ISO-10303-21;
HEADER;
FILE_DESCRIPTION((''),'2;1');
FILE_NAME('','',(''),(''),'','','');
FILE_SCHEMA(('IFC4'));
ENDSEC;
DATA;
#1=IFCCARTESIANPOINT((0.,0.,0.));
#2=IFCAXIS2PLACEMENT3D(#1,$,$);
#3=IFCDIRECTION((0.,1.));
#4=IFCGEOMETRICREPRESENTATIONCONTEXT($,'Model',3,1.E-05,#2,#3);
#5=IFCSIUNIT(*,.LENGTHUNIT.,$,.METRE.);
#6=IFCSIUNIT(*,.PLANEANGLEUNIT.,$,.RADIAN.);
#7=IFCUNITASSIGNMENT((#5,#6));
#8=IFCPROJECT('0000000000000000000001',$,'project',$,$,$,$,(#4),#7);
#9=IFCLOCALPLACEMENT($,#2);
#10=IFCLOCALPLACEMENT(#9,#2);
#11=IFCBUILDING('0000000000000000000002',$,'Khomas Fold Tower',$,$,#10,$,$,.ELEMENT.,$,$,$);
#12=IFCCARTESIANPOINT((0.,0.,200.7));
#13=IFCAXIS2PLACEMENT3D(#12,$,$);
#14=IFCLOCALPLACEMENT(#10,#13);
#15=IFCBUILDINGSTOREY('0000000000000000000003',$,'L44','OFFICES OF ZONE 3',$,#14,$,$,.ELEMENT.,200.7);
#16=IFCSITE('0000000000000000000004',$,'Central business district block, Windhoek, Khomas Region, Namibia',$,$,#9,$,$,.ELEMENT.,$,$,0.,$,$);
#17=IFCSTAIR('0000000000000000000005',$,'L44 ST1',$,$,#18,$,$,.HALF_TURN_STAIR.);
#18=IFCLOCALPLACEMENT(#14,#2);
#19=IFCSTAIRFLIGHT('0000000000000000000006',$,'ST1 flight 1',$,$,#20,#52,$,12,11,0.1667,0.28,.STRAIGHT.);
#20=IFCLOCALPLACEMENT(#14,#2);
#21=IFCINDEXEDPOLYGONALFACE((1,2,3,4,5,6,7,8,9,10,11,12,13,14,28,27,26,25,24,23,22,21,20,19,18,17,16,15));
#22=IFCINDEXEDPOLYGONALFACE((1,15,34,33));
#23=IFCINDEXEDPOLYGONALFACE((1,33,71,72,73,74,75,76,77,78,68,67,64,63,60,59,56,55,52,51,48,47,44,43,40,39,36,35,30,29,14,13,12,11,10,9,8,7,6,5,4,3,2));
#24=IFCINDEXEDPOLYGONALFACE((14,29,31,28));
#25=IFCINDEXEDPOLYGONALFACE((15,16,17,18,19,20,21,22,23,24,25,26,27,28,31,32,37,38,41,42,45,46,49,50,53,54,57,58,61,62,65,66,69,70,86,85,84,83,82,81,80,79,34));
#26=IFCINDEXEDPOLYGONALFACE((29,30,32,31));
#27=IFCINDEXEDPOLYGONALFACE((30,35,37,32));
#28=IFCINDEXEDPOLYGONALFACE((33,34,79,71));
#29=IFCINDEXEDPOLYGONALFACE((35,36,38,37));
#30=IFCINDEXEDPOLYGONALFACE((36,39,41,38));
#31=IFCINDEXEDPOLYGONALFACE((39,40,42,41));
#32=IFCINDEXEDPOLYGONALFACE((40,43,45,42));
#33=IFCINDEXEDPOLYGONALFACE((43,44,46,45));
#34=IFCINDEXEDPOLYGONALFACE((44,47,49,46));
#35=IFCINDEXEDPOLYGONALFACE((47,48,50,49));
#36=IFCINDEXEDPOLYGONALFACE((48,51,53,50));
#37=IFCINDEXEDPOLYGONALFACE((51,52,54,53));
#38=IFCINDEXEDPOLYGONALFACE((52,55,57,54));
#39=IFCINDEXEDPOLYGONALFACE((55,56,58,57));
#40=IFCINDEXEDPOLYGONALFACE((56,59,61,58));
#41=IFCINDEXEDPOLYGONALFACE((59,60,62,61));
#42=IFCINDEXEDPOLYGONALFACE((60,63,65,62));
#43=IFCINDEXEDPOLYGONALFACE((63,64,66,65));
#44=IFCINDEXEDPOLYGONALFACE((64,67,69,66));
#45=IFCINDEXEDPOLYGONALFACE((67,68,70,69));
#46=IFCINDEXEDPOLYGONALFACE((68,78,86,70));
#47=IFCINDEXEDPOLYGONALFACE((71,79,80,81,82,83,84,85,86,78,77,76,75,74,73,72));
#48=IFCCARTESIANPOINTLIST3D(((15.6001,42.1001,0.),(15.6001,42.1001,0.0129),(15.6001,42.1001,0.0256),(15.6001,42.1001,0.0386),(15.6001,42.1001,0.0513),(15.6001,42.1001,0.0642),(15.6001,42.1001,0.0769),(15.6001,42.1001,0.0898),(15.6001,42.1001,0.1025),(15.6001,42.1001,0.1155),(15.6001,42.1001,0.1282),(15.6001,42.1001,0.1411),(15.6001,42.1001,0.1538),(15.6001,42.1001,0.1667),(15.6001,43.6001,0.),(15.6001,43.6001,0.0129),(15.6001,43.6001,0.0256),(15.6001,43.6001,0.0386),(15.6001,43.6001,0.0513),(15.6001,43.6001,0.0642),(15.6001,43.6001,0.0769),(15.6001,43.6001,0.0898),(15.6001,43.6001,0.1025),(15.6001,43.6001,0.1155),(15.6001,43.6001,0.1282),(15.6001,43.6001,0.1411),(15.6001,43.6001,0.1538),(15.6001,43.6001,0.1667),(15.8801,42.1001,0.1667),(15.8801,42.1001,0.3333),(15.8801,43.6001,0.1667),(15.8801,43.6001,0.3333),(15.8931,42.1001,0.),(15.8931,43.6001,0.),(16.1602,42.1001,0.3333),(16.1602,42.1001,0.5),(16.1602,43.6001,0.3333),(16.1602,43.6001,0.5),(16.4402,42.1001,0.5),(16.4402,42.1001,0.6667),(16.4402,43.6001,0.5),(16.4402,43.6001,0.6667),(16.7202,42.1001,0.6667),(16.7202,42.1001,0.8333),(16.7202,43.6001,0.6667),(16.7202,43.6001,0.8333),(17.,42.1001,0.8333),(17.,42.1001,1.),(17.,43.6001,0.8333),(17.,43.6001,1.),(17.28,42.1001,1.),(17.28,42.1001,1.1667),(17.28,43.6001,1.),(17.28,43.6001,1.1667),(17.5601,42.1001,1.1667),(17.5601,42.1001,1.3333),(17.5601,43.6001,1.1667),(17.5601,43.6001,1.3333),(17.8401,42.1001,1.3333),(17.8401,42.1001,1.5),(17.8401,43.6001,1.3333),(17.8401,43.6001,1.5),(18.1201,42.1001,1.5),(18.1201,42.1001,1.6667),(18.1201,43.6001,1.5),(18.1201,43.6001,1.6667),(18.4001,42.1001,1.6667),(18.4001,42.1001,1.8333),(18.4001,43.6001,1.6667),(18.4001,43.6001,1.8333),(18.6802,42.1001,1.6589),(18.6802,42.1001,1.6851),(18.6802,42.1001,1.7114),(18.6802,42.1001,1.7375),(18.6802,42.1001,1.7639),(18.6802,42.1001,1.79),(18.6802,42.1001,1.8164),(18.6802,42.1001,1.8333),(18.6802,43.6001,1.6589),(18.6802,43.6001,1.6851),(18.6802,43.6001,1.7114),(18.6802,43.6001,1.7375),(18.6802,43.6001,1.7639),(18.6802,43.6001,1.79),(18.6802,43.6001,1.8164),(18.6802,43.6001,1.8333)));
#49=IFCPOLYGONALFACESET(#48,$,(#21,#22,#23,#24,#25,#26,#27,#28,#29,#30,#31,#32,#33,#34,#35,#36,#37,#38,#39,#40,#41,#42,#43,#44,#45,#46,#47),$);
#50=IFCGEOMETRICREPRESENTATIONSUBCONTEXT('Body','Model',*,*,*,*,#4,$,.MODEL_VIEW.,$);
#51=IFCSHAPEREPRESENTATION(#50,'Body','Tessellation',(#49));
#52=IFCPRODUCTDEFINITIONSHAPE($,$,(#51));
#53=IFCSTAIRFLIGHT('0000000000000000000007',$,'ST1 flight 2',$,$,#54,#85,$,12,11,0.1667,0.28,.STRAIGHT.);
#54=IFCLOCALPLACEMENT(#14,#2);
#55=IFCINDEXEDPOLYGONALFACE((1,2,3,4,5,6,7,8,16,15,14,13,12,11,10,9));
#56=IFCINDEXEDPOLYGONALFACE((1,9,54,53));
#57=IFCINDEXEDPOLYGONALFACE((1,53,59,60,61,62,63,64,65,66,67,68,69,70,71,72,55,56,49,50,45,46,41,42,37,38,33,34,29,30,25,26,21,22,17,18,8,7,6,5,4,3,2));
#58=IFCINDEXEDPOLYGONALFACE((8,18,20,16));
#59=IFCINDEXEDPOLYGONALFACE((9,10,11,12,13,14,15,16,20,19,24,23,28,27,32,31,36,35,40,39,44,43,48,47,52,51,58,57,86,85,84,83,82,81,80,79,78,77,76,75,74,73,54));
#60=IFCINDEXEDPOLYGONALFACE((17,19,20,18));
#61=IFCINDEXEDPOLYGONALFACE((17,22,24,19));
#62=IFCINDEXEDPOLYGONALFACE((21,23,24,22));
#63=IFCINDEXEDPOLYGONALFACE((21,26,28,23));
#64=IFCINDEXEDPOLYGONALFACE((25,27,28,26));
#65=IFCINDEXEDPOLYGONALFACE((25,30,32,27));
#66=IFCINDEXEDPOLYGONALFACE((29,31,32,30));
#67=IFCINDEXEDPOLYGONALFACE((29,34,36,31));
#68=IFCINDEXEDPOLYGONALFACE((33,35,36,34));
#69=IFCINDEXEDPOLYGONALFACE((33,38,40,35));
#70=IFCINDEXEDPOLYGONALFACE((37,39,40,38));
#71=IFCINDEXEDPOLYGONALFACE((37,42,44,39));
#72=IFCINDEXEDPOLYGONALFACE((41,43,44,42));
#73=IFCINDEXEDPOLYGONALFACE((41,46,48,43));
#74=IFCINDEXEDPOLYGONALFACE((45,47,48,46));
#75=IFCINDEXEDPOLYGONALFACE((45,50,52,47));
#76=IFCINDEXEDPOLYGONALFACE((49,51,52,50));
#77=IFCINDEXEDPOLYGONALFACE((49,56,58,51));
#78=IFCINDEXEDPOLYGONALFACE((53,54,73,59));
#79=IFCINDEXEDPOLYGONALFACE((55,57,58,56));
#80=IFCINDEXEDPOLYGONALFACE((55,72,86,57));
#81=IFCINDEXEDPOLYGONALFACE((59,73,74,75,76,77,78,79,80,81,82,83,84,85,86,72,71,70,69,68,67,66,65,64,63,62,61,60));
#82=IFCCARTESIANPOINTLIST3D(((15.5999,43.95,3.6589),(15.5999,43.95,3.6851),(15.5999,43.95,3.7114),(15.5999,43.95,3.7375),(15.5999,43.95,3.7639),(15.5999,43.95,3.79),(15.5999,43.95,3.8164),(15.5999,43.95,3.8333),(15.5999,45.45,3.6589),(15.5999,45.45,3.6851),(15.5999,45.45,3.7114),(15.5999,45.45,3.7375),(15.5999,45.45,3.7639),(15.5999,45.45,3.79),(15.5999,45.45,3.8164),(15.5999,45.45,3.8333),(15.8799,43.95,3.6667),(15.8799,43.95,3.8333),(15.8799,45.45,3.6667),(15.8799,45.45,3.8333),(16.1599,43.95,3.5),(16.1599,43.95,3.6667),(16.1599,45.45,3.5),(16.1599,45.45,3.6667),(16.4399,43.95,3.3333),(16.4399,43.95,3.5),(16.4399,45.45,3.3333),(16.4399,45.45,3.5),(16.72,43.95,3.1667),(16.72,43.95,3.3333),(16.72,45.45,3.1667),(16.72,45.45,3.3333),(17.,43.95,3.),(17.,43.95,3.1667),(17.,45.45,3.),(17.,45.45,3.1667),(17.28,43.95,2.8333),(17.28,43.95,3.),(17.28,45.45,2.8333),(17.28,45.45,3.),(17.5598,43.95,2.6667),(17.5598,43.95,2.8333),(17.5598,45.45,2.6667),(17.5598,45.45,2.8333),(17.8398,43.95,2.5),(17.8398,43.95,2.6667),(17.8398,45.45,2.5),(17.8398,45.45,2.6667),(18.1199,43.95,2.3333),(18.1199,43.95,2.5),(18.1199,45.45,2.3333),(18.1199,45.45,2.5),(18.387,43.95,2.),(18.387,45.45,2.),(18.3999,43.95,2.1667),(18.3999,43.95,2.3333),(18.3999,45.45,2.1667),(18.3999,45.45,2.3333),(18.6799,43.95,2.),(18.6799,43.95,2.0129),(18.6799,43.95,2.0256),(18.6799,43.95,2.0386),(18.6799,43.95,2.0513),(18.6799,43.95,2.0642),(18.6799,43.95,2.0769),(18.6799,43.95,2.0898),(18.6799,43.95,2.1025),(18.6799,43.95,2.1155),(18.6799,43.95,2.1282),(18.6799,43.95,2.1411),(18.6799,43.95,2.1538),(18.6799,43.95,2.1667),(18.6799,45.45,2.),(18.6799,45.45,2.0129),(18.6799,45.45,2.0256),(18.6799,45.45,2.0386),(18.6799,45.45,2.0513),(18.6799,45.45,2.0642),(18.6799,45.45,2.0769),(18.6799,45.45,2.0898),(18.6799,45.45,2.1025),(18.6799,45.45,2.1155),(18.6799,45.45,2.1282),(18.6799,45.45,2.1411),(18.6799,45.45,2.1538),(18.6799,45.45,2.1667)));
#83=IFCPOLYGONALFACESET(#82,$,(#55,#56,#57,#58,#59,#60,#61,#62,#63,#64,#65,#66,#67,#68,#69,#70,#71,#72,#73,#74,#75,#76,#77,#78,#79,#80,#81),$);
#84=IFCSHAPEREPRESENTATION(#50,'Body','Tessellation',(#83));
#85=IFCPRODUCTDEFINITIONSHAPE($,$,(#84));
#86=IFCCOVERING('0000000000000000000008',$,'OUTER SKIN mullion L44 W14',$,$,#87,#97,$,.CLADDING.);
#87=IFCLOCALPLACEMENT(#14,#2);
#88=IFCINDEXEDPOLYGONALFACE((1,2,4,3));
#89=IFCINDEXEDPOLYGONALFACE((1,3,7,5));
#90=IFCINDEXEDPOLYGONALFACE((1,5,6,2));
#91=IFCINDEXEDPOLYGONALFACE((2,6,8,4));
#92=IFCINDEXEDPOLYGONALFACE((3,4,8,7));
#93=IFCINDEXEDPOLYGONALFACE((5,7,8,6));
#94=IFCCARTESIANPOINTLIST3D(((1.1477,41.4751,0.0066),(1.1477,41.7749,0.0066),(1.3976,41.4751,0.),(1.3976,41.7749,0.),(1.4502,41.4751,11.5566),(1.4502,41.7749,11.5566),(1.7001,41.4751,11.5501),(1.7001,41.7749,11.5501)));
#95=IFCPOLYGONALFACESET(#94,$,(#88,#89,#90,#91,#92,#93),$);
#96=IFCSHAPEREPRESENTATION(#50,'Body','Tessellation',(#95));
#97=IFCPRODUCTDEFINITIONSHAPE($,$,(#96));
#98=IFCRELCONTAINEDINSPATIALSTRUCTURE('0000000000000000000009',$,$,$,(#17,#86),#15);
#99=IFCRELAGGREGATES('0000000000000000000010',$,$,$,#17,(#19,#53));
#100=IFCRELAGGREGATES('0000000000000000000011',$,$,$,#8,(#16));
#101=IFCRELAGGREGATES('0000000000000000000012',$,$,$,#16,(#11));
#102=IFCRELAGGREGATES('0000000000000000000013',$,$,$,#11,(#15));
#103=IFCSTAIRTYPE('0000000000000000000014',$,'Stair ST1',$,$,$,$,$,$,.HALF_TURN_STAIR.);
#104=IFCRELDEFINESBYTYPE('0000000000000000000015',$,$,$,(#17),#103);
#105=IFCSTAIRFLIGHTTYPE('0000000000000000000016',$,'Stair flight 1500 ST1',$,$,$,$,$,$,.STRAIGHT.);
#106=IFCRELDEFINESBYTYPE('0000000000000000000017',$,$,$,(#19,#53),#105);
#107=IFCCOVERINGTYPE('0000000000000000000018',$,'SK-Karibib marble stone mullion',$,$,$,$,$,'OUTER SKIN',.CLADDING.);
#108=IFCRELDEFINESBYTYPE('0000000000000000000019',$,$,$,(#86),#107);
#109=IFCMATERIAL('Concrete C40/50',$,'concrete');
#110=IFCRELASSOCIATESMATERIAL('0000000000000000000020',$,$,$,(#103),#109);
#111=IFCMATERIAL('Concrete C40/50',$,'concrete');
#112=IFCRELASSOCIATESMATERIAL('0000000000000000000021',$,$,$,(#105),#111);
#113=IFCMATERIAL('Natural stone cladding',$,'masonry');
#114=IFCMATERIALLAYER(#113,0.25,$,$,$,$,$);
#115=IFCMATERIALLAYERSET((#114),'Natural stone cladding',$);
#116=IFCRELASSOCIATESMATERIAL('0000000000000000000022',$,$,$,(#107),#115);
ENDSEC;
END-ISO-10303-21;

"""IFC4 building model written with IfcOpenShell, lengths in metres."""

from ifc_helpers import new_model, si_unit, direction, frame, origin, place, context, subcontext, project, spatial, polyline, outline, extrude, source, transform, mapped, material, layer, layer_set, type_object, element, aggregate, save


model = new_model("IFC4")

# Units and contexts
model_context = context("Model", 3, precision=1e-05, world=origin(), true_north=direction((0.0, 1.0)))
body_context = subcontext(model_context, "Body", "Model", "MODEL_VIEW")
ifc_project = project(units=[si_unit("LENGTHUNIT", "METRE"), si_unit("PLANEANGLEUNIT", "RADIAN")], contexts=[model_context])

# Site, building, storey
site_placement = place(None, origin())
site = spatial("IfcSite", under=ifc_project, at=site_placement, Name="Central business district block, Windhoek, Khomas Region, Namibia", CompositionType="ELEMENT", RefElevation=0.0)
building_placement = place(site_placement, origin())
building = spatial("IfcBuilding", under=site, at=building_placement, Name="Khomas Fold Tower", CompositionType="ELEMENT")
storey_placement = place(building_placement, frame((0.0, 0.0, 200.7)))
storey = spatial("IfcBuildingStorey", under=building, at=storey_placement, Name="L44", Description="OFFICES OF ZONE 3", CompositionType="ELEMENT", Elevation=200.7)

# Stair, stair flights
ifc_material_1 = material(Name="Concrete C40/50", Category="concrete")
stair_type = type_object("IfcStairType", Name="Stair ST1", PredefinedType="HALF_TURN_STAIR", material=ifc_material_1)
stair_placement = place(storey_placement, origin())
stair = element("IfcStair", 1, at=stair_placement, inside=storey, type_object=stair_type, Name="L44 ST1", PredefinedType="HALF_TURN_STAIR")
ifc_material_2 = material(Name="Concrete C40/50", Category="concrete")
stair_flight_type = type_object("IfcStairFlightType", Name="Stair flight 1500 ST1", PredefinedType="STRAIGHT", material=ifc_material_2)
shared_shape_1 = source(origin(), body_context, "Body", "SweptSolid", [
    extrude(outline(polyline([(0.0, 0.0), (0.0, 0.0129), (0.0, 0.0256), (0.0, 0.0386), (0.0, 0.0513), (0.0, 0.0642), (0.0, 0.0769), (0.0, 0.0898), (0.0, 0.1025), (0.0, 0.1155), (0.0, 0.1282), (0.0, 0.1411), (0.0, 0.1538), (0.0, 0.1667), (0.28, 0.1667), (0.28, 0.3333), (0.5601, 0.3333), (0.5601, 0.5), (0.8401, 0.5), (0.8401, 0.6667), (1.1201, 0.6667), (1.1201, 0.8333), (1.3999, 0.8333), (1.3999, 1.0), (1.6799, 1.0), (1.6799, 1.1667), (1.96, 1.1667), (1.96, 1.3333), (2.24, 1.3333), (2.24, 1.5), (2.52, 1.5), (2.52, 1.6667), (2.8, 1.6667), (2.8, 1.8333), (3.0801, 1.8333), (3.0801, 2.0), (3.0801, 1.9739), (3.0801, 1.9475), (3.0801, 1.9214), (3.0801, 1.895), (3.0801, 1.8689), (3.0801, 1.8425), (3.0801, 1.8164), (3.0801, 1.79), (3.0801, 1.7639), (3.0801, 1.7375), (3.0801, 1.7114), (3.0801, 1.6851), (3.0801, 1.6589), (0.293, 0.0), (0.0, 0.0)])), frame((0.0, 0.75, 0.0), z_axis=(0.0, -1.0, 0.0), x_axis=(1.0, 0.0, 0.0)), (0.0, 0.0, 1.0), 1.5),
])
stair_flight_1_placement = place(storey_placement, frame((15.6001, 42.8501, 0.0), z_axis=(0.0, 0.0, 1.0), x_axis=(1.0, 0.0, 0.0)))
stair_flight_1 = element("IfcStairFlight", 2, at=stair_flight_1_placement, type_object=stair_flight_type, Name="ST1 flight 1", NumberOfRisers=12, NumberOfTreads=11, PredefinedType="STRAIGHT", RiserHeight=0.1667, TreadLength=0.28, context=body_context, shape_type="MappedRepresentation", body=[
    mapped(shared_shape_1, transform((0.0, 0.0, 0.0))),
])
stair_flight_2_placement = place(storey_placement, frame((18.6799, 44.7, 2.0), z_axis=(0.0, 0.0, 1.0), x_axis=(-1.0, 0.0, 0.0)))
stair_flight_2 = element("IfcStairFlight", 3, at=stair_flight_2_placement, type_object=stair_flight_type, Name="ST1 flight 2", NumberOfRisers=12, NumberOfTreads=11, PredefinedType="STRAIGHT", RiserHeight=0.1667, TreadLength=0.28, context=body_context, shape_type="MappedRepresentation", body=[
    mapped(shared_shape_1, transform((0.0, 0.0, 0.0))),
])
aggregate(stair, [stair_flight_1, stair_flight_2])

# Covering
ifc_material_3 = material(Name="Natural stone cladding", Category="masonry")
ifc_layer_1 = layer(ifc_material_3, 0.25)
ifc_layer_set_1 = layer_set([ifc_layer_1], Name="Natural stone cladding")
covering_type = type_object("IfcCoveringType", Name="SK-Karibib marble stone mullion", ElementType="OUTER SKIN", PredefinedType="CLADDING", material=ifc_layer_set_1)
covering_placement = place(storey_placement, frame((1.1477, 41.4751, 0.0066), z_axis=(-0.999657, 0.0, 0.026181), x_axis=(0.0, 1.0, 0.0)))
element("IfcCovering", 4, at=covering_placement, inside=storey, type_object=covering_type, Name="OUTER SKIN mullion L44 W14", PredefinedType="CLADDING", context=body_context, shape_type="SweptSolid", body=[
    extrude(outline(polyline([(0.0, 0.0), (0.2998, 0.0), (0.2998, -11.554), (0.0, -11.554), (0.0, 0.0)])), origin(), (0.0, 0.0, -1.0), 0.25),
])

save(model, "model.ifc")
